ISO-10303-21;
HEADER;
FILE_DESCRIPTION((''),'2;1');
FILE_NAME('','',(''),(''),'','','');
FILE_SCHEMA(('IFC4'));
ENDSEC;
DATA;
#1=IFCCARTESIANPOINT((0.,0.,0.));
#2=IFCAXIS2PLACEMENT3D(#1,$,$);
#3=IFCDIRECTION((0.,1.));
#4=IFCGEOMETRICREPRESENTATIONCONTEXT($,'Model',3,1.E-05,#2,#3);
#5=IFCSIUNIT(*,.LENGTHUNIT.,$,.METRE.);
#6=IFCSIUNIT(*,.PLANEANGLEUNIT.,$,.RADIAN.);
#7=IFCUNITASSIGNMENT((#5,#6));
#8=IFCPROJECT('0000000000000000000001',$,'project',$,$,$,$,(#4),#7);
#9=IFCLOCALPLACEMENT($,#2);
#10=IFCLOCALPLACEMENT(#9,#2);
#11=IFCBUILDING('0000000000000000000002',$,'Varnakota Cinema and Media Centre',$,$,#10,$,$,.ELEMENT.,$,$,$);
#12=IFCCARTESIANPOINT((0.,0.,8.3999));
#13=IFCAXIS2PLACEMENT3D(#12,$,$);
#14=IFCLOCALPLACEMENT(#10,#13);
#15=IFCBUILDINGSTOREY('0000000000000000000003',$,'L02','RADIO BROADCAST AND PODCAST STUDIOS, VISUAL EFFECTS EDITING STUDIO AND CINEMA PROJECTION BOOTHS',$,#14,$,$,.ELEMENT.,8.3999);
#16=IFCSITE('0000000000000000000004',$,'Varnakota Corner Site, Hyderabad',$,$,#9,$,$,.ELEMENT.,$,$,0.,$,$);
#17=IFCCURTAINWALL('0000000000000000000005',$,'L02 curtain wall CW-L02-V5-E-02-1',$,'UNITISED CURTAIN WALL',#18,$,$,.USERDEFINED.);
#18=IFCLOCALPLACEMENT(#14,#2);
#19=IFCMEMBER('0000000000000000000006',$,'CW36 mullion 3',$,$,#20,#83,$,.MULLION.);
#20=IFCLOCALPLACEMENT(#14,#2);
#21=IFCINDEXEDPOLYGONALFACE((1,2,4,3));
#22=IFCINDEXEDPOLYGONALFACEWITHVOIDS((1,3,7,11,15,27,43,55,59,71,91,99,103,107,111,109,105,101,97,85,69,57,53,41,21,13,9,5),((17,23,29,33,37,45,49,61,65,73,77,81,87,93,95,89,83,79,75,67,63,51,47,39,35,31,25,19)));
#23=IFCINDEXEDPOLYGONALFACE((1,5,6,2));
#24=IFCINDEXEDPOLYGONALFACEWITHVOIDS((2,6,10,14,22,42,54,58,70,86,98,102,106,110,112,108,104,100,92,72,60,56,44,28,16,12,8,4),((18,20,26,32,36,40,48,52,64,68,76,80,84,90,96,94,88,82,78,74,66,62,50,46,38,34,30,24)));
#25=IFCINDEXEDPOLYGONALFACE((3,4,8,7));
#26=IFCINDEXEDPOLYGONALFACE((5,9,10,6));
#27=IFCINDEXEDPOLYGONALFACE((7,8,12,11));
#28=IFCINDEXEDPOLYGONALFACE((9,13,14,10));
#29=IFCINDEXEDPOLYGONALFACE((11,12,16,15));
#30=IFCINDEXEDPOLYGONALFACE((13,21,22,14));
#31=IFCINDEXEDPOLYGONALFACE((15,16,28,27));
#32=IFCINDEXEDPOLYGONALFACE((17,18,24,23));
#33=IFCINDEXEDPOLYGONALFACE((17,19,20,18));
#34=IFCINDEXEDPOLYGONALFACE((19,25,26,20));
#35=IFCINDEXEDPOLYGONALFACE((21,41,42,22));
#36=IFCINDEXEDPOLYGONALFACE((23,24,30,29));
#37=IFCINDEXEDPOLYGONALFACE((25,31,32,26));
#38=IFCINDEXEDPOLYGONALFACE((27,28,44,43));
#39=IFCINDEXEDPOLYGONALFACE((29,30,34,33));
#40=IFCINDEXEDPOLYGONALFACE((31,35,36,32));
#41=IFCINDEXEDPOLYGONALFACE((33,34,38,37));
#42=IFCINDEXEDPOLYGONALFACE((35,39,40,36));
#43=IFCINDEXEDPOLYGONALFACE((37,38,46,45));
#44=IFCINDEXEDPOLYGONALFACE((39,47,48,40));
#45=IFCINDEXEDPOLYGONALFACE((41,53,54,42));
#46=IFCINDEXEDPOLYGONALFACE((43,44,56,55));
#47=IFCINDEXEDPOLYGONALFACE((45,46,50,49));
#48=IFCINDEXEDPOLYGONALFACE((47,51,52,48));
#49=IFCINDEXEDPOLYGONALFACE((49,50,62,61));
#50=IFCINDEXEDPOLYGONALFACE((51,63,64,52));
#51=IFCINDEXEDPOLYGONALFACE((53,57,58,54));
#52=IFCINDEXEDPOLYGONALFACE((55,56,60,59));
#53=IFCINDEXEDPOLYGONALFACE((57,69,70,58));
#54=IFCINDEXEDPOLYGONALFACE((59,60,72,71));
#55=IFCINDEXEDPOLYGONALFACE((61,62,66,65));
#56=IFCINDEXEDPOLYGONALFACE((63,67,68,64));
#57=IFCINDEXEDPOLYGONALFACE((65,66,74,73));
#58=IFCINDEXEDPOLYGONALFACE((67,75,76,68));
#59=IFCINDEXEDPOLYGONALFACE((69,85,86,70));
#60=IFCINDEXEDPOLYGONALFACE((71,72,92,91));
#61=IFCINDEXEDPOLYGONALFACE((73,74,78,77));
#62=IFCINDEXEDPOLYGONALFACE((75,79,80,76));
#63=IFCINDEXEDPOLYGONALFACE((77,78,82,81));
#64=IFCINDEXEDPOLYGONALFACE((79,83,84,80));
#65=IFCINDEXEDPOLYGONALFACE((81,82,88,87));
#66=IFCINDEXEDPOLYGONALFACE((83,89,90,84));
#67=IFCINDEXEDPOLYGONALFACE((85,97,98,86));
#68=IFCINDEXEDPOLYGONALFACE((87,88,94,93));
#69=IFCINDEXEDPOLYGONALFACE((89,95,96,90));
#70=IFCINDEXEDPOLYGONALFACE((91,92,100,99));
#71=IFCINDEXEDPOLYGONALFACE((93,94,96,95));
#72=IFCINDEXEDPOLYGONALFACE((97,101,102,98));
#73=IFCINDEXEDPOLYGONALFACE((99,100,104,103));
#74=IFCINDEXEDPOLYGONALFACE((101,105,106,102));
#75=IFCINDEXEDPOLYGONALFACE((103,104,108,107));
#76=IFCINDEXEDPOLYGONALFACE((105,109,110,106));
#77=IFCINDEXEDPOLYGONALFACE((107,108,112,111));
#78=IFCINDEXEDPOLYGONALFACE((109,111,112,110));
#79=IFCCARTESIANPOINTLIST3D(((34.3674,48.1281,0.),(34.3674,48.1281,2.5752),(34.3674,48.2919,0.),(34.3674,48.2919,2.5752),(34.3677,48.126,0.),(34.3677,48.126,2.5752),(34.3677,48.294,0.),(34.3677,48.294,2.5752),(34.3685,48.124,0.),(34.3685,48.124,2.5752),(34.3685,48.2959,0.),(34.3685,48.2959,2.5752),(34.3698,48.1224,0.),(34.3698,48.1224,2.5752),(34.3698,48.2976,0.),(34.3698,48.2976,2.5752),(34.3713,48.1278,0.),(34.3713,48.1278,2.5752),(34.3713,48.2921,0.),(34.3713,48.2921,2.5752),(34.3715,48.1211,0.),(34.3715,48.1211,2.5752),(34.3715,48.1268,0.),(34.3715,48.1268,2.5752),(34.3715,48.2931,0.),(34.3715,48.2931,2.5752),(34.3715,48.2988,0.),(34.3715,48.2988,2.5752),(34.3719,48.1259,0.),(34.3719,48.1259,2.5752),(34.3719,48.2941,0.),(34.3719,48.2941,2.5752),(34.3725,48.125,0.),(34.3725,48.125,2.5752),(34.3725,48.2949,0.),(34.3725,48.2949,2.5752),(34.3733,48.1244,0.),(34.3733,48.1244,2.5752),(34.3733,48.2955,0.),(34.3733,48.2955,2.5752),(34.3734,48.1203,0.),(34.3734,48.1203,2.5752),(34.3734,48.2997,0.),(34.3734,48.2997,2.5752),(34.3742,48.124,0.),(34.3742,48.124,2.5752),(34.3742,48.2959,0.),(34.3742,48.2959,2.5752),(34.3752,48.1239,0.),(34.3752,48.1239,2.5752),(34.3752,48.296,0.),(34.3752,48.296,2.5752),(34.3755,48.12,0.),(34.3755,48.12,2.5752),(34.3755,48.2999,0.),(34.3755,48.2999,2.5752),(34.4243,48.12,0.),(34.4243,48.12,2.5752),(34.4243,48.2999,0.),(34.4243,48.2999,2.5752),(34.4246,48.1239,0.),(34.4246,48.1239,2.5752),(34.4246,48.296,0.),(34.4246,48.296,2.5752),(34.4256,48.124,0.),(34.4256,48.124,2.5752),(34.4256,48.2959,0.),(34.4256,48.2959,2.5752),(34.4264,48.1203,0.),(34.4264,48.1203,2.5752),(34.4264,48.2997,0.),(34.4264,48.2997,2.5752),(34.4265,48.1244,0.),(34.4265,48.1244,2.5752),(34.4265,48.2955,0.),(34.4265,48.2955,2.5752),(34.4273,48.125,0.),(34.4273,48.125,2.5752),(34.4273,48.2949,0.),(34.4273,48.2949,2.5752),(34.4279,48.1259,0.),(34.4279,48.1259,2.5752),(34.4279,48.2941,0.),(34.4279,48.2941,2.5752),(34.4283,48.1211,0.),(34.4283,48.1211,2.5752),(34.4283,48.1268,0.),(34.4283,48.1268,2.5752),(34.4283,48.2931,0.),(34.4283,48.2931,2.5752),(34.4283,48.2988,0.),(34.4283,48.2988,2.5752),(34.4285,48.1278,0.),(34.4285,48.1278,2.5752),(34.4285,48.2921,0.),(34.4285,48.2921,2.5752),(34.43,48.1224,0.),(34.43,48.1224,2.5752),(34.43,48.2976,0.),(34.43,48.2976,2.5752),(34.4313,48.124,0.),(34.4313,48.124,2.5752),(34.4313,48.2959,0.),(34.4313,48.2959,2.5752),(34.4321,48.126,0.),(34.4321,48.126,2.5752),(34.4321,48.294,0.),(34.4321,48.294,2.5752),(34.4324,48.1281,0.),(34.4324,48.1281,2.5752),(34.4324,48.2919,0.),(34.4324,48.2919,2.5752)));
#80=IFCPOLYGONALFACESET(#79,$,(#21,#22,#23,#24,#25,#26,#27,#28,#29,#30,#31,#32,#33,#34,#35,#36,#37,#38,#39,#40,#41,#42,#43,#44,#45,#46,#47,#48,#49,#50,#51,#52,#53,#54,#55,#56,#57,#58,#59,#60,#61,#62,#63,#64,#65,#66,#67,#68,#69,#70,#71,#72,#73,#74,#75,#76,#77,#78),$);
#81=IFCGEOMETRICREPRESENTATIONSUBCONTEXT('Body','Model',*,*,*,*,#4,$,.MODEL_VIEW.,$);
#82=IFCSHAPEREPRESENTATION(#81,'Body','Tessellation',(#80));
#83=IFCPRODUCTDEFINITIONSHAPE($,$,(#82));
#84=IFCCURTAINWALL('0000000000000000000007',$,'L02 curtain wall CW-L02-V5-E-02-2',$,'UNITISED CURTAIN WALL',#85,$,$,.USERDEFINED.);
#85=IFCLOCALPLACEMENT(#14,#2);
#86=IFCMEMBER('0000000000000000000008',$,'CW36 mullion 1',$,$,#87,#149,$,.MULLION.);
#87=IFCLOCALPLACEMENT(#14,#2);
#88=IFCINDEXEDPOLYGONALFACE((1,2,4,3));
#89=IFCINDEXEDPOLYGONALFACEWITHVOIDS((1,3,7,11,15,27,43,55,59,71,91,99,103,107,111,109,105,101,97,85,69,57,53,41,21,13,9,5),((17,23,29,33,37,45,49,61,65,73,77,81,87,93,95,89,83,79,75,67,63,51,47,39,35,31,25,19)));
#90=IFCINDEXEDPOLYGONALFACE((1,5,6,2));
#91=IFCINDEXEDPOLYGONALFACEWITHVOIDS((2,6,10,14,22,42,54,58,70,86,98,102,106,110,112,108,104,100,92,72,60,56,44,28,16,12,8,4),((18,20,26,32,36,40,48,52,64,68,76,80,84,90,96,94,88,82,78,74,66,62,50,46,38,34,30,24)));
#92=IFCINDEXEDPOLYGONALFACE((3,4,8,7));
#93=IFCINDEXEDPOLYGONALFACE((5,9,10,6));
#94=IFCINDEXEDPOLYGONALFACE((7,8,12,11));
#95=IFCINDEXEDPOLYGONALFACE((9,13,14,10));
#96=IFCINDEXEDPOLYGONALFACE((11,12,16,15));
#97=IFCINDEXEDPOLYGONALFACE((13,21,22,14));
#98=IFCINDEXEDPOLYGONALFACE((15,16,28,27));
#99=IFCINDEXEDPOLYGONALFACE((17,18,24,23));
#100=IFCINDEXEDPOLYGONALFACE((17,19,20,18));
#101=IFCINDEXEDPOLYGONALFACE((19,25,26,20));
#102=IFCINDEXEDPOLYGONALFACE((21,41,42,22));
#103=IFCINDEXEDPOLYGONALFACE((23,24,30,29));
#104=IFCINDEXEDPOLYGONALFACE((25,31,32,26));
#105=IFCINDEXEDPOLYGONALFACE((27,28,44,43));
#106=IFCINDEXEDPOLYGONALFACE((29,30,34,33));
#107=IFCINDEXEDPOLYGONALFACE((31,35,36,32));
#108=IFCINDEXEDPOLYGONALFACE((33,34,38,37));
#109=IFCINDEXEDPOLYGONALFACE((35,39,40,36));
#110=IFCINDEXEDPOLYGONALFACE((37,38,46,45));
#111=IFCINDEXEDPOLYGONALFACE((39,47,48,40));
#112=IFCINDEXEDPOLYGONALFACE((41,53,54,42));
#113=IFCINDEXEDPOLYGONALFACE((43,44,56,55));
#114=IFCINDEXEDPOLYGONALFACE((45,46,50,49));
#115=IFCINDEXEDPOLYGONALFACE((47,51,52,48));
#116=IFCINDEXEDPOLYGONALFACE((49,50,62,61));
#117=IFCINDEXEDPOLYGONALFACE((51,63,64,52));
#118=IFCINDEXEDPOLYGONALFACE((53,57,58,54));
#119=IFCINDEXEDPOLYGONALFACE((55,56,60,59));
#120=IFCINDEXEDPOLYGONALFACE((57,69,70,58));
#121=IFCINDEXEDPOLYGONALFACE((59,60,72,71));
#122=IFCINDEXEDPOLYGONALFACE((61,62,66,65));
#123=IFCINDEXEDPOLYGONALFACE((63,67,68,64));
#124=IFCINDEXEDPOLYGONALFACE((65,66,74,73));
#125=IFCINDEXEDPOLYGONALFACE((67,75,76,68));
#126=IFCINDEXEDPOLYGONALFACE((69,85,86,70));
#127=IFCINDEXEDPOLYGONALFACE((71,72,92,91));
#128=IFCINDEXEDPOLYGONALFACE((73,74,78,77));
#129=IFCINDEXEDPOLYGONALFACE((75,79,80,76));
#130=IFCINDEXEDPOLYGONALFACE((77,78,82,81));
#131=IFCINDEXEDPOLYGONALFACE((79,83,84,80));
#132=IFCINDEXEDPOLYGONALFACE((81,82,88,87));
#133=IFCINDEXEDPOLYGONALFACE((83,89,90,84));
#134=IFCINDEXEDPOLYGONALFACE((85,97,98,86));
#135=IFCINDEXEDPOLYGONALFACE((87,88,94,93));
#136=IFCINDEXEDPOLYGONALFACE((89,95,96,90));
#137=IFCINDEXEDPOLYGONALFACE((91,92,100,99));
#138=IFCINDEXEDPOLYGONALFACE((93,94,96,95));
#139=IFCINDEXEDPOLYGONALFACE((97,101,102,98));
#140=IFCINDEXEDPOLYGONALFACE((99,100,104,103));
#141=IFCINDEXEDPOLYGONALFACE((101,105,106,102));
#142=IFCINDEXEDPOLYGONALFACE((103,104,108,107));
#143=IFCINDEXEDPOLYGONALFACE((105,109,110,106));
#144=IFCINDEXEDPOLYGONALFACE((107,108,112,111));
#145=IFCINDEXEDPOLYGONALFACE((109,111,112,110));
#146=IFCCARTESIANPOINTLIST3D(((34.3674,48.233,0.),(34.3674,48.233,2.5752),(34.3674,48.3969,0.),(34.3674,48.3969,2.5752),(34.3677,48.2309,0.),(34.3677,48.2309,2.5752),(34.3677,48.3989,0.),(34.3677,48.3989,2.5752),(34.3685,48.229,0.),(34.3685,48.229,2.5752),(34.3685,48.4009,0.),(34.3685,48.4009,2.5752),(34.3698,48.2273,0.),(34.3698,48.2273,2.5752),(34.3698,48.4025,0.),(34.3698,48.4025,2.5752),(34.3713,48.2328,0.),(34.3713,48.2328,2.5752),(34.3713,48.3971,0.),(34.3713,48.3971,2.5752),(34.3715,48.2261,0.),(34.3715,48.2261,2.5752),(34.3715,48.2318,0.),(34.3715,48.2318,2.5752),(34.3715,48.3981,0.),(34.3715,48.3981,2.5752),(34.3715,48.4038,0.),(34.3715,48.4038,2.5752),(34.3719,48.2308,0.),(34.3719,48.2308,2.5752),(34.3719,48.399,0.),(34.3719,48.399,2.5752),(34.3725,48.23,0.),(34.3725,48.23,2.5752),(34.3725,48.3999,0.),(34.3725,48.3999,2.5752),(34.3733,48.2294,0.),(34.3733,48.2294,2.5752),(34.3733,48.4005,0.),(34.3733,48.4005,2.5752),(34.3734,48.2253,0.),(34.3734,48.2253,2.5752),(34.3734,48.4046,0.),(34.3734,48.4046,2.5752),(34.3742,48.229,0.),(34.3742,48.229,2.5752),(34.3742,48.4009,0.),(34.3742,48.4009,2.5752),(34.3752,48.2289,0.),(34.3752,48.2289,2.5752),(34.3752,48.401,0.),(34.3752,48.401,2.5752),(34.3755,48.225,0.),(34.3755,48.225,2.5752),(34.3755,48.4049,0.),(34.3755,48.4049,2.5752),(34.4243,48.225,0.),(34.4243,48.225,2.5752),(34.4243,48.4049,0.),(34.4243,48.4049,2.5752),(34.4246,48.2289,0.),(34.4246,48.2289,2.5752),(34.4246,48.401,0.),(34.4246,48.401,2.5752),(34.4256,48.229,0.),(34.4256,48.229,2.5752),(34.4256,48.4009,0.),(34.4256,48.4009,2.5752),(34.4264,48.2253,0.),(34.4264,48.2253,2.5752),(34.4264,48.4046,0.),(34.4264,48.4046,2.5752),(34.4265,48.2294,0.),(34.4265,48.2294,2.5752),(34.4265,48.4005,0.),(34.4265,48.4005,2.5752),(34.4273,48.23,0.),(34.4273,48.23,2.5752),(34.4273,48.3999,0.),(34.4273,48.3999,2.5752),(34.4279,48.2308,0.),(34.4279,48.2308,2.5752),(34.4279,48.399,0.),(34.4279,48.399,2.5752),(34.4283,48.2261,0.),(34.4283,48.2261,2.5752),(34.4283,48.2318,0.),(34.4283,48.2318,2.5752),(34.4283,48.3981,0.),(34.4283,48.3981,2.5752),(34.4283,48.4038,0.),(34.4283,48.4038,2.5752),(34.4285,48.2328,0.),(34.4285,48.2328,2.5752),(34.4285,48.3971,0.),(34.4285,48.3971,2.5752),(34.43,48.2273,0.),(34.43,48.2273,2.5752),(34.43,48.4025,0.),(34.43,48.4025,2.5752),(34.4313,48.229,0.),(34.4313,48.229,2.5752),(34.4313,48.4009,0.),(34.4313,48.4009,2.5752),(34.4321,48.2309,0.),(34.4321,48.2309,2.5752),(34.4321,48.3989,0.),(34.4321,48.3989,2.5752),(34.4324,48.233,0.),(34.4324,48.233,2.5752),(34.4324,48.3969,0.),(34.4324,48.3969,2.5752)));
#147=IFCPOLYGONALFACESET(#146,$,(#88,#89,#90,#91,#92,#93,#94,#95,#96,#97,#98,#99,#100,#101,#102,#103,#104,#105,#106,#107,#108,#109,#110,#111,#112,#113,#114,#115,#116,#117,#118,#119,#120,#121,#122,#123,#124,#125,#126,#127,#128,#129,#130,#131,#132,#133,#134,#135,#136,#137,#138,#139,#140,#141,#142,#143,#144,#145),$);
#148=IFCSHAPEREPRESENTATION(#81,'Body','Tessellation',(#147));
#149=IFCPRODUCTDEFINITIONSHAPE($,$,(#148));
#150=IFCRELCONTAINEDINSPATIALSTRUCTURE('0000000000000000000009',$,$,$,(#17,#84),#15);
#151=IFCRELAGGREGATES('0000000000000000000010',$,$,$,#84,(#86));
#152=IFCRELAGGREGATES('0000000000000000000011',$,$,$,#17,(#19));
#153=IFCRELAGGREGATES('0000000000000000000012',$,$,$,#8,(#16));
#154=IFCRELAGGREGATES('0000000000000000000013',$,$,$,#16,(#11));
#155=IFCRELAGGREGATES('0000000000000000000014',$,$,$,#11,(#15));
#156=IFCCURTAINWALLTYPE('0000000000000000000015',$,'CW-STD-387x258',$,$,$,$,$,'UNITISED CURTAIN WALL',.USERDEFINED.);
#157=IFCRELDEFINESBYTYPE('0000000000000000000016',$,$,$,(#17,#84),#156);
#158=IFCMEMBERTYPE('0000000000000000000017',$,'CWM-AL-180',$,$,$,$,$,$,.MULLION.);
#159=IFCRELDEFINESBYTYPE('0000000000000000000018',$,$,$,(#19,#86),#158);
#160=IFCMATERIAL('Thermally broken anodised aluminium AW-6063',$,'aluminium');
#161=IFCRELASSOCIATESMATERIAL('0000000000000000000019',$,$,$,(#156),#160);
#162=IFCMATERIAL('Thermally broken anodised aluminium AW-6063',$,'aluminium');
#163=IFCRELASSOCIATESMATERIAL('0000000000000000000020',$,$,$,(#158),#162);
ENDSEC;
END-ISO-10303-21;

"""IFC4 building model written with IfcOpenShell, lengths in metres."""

from ifc_helpers import new_model, si_unit, direction, frame, origin, origin_2d, place, context, subcontext, project, spatial, hollow_rectangle, extrude, material, material_profile, profile_set, type_object, element, aggregate, save


model = new_model("IFC4")

# Units and contexts
model_context = context("Model", 3, precision=1e-05, world=origin(), true_north=direction((0.0, 1.0)))
body_context = subcontext(model_context, "Body", "Model", "MODEL_VIEW")
ifc_project = project(units=[si_unit("LENGTHUNIT", "METRE"), si_unit("PLANEANGLEUNIT", "RADIAN")], contexts=[model_context])

# Site, building, storey
site_placement = place(None, origin())
site = spatial("IfcSite", under=ifc_project, at=site_placement, Name="Varnakota Corner Site, Hyderabad", CompositionType="ELEMENT", RefElevation=0.0)
building_placement = place(site_placement, origin())
building = spatial("IfcBuilding", under=site, at=building_placement, Name="Varnakota Cinema and Media Centre", CompositionType="ELEMENT")
storey_placement = place(building_placement, frame((0.0, 0.0, 8.3999)))
storey = spatial("IfcBuildingStorey", under=building, at=storey_placement, Name="L02", Description="RADIO BROADCAST AND PODCAST STUDIOS, VISUAL EFFECTS EDITING STUDIO AND CINEMA PROJECTION BOOTHS", CompositionType="ELEMENT", Elevation=8.3999)

# Curtain wall, member
ifc_material_1 = material(Name="Thermally broken anodised aluminium AW-6063", Category="aluminium")
curtain_wall_type = type_object("IfcCurtainWallType", Name="CW-STD-387x258", ElementType="UNITISED CURTAIN WALL", PredefinedType="USERDEFINED", material=ifc_material_1)
curtain_wall_1_placement = place(storey_placement, origin())
curtain_wall_1 = element("IfcCurtainWall", 1, at=curtain_wall_1_placement, inside=storey, type_object=curtain_wall_type, Name="L02 curtain wall CW-L02-V5-E-02-1", ObjectType="UNITISED CURTAIN WALL", PredefinedType="USERDEFINED")
ifc_material_2 = material(Name="Thermally broken anodised aluminium AW-6063", Category="aluminium")
ifc_material_profile_1 = material_profile(ifc_material_2, hollow_rectangle(XDim=0.0649, YDim=0.1799, WallThickness=0.0039, InnerFilletRadius=0.0039, OuterFilletRadius=0.0081, at=origin_2d()), Name="AL-MULLION 180x65x4")
ifc_profile_set_1 = profile_set([ifc_material_profile_1], Name="Thermally broken anodised aluminium AW-6063")
member_type_1 = type_object("IfcMemberType", Name="CWM-AL-180", PredefinedType="MULLION", material=ifc_profile_set_1)
member_1_placement = place(storey_placement, frame((34.3999, 48.21, 0.0), z_axis=(0.0, 0.0, 1.0), x_axis=(-1.0, 0.0, 0.0)))
member_1 = element("IfcMember", 2, at=member_1_placement, type_object=member_type_1, Name="CW36 mullion 3", PredefinedType="MULLION", context=body_context, shape_type="SweptSolid", body=[
    extrude(hollow_rectangle(XDim=0.0649, YDim=0.1799, WallThickness=0.0039, InnerFilletRadius=0.0039, OuterFilletRadius=0.0081, at=origin_2d()), origin(), (0.0, 0.0, 1.0), 2.5752),
])

# Curtain wall, member
curtain_wall_2_placement = place(storey_placement, origin())
curtain_wall_2 = element("IfcCurtainWall", 3, at=curtain_wall_2_placement, inside=storey, type_object=curtain_wall_type, Name="L02 curtain wall CW-L02-V5-E-02-2", ObjectType="UNITISED CURTAIN WALL", PredefinedType="USERDEFINED")
member_2_placement = place(storey_placement, frame((34.3999, 48.3149, 0.0), z_axis=(0.0, 0.0, 1.0), x_axis=(-1.0, 0.0, 0.0)))
member_2 = element("IfcMember", 4, at=member_2_placement, type_object=member_type_1, Name="CW36 mullion 1", PredefinedType="MULLION", context=body_context, shape_type="SweptSolid", body=[
    extrude(hollow_rectangle(XDim=0.0649, YDim=0.1799, WallThickness=0.0039, InnerFilletRadius=0.0039, OuterFilletRadius=0.0081, at=origin_2d()), origin(), (0.0, 0.0, 1.0), 2.5752),
])

aggregate(curtain_wall_2, [member_2])

aggregate(curtain_wall_1, [member_1])

save(model, "model.ifc")
